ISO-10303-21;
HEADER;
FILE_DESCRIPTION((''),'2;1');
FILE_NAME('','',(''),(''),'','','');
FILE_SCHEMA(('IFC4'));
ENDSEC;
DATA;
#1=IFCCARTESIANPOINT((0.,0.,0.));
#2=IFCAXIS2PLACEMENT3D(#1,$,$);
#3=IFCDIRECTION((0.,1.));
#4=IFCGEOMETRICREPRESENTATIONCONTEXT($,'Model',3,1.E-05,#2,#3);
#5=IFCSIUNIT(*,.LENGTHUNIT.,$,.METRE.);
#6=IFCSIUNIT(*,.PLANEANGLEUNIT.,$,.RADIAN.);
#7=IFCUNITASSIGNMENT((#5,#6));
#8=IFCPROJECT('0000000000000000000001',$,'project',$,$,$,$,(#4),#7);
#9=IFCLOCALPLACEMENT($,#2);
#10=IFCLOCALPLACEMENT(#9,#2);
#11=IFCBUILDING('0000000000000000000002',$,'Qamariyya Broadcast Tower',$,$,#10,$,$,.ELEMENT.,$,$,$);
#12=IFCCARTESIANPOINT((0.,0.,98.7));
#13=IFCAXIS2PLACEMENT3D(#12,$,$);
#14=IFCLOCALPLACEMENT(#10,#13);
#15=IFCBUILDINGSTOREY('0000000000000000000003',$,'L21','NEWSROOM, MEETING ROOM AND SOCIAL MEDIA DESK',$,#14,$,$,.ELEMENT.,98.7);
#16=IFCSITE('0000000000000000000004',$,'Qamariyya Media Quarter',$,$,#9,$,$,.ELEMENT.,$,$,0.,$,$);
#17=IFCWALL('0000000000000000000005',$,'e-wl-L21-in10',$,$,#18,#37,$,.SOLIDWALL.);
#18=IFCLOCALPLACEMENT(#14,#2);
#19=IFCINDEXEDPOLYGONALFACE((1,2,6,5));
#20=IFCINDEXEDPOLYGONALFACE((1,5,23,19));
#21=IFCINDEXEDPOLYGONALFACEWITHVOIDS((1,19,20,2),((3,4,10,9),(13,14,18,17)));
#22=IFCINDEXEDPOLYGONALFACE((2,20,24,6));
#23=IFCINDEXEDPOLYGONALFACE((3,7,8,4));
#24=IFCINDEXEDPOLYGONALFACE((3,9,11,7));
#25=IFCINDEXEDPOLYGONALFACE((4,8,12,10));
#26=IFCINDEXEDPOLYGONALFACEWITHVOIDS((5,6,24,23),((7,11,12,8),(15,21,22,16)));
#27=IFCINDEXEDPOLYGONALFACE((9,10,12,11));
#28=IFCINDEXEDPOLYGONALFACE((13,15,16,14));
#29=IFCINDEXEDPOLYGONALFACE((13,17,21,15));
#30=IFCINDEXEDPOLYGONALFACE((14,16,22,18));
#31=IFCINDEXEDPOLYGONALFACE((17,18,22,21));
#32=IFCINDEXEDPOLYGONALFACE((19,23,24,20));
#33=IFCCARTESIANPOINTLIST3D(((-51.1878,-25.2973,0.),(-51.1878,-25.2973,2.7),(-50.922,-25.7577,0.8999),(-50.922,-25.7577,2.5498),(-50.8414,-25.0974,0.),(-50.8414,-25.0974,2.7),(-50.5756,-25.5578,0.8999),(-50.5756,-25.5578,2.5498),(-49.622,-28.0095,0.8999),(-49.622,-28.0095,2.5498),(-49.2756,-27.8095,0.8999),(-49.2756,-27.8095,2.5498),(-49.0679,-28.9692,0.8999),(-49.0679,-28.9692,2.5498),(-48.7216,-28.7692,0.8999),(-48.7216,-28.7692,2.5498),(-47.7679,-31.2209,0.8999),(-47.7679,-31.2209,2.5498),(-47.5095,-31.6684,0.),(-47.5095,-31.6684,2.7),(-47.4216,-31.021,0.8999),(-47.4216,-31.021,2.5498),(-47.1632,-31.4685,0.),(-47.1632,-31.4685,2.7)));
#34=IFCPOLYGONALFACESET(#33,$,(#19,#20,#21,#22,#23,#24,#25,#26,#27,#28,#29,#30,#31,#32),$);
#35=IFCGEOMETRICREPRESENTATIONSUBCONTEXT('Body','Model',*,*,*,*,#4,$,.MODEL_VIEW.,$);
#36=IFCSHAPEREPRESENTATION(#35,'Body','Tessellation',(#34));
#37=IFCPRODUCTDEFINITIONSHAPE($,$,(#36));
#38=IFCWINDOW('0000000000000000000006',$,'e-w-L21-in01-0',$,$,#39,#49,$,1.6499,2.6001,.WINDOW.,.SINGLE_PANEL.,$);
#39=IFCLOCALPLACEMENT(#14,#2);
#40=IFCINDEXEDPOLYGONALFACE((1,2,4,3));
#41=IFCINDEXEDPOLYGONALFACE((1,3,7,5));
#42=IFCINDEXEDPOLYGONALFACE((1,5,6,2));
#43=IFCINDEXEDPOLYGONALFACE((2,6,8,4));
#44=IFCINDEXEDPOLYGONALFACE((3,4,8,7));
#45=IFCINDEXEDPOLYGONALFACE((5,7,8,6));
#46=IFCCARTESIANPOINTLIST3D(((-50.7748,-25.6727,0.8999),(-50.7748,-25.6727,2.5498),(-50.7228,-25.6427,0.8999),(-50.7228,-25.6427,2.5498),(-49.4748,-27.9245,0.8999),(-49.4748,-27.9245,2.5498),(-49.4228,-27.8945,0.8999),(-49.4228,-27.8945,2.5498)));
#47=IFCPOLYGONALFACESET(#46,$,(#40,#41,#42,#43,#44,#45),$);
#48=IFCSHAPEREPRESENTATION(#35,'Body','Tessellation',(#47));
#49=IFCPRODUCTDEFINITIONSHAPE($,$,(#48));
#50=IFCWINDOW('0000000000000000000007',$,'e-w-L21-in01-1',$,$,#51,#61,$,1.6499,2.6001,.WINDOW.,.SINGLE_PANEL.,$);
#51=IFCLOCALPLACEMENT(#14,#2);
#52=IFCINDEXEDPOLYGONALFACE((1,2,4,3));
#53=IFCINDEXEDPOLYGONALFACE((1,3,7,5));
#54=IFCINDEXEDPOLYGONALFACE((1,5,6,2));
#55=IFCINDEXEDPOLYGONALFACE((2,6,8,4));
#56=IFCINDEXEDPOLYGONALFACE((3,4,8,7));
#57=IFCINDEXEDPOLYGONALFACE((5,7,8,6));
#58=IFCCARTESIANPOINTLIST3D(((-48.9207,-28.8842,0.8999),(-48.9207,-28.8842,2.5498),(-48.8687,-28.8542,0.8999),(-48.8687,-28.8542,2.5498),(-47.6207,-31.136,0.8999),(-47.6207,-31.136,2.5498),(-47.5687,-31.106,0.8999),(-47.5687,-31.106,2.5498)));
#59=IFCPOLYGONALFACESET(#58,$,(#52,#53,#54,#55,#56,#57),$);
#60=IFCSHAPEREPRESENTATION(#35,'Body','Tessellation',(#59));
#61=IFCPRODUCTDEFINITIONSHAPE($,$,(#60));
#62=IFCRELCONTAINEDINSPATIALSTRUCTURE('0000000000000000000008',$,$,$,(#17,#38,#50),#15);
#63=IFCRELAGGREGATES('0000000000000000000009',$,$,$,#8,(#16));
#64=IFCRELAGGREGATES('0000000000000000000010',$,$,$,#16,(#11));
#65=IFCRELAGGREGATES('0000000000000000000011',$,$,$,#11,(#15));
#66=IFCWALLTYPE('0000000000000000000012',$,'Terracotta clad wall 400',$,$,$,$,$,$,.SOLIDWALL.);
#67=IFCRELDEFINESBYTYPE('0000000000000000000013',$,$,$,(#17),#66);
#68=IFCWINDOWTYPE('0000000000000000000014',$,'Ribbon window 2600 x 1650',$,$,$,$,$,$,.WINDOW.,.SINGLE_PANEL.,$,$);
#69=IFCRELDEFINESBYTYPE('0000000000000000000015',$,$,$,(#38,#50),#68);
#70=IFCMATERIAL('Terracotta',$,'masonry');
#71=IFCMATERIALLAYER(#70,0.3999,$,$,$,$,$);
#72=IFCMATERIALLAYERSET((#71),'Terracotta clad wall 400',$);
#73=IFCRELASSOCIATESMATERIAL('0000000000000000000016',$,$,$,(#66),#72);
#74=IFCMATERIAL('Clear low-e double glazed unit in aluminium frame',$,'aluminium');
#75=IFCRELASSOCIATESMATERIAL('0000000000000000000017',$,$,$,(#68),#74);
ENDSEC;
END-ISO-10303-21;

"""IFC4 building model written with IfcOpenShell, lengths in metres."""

from ifc_helpers import new_model, si_unit, direction, frame, frame_2d, origin, place, context, subcontext, project, spatial, rectangle, extrude, material, layer, layer_set, type_object, element, fill, save


model = new_model("IFC4")

# Units and contexts
model_context = context("Model", 3, precision=1e-05, world=origin(), true_north=direction((0.0, 1.0)))
body_context = subcontext(model_context, "Body", "Model", "MODEL_VIEW")
ifc_project = project(units=[si_unit("LENGTHUNIT", "METRE"), si_unit("PLANEANGLEUNIT", "RADIAN")], contexts=[model_context])

# Site, building, storey
site_placement = place(None, origin())
site = spatial("IfcSite", under=ifc_project, at=site_placement, Name="Qamariyya Media Quarter", CompositionType="ELEMENT", RefElevation=0.0)
building_placement = place(site_placement, origin())
building = spatial("IfcBuilding", under=site, at=building_placement, Name="Qamariyya Broadcast Tower", CompositionType="ELEMENT")
storey_placement = place(building_placement, frame((0.0, 0.0, 98.7)))
storey = spatial("IfcBuildingStorey", under=building, at=storey_placement, Name="L21", Description="NEWSROOM, MEETING ROOM AND SOCIAL MEDIA DESK", CompositionType="ELEMENT", Elevation=98.7)

# Shared definitions
ifc_material_1 = material(Name="Terracotta", Category="masonry")
ifc_layer = layer(ifc_material_1, 0.3999)
ifc_layer_set = layer_set([ifc_layer], Name="Terracotta clad wall 400")
wall_type = type_object("IfcWallType", Name="Terracotta clad wall 400", PredefinedType="SOLIDWALL", material=ifc_layer_set)
ifc_material_2 = material(Name="Clear low-e double glazed unit in aluminium frame", Category="aluminium")

# Wall, openings, windows
wall_1_placement = place(storey_placement, frame((-47.3364, -31.5684, 0.0), z_axis=(0.0, 0.0, 1.0), x_axis=(-0.499987, 0.866033, 0.0)))
wall_1 = element("IfcWall", 1, at=wall_1_placement, inside=storey, type_object=wall_type, Name="e-wl-L21-in10", PredefinedType="SOLIDWALL", context=body_context, shape_type="SweptSolid", body=[
    extrude(rectangle(XDim=7.3567, YDim=0.3999, at=frame_2d((3.6782, 0.0))), origin(), (0.0, 0.0, 1.0), 2.7),
])
opening_1_placement = place(wall_1_placement, frame((4.2249, 0.0, 0.8999)))
opening_1 = element("IfcOpeningElement", 2, at=opening_1_placement, cuts=wall_1, PredefinedType="OPENING", context=body_context, shape_type="SweptSolid", body=[
    extrude(rectangle(XDim=2.6001, YDim=1.6499, at=frame_2d((1.3, 0.825))), frame((0.0, 0.21, 0.0), z_axis=(0.0, -1.0, 0.0), x_axis=(1.0, 0.0, 0.0)), (0.0, 0.0, 1.0), 0.4199),
])
opening_2_placement = place(wall_1_placement, frame((0.5166, 0.0, 0.8999)))
opening_2 = element("IfcOpeningElement", 3, at=opening_2_placement, cuts=wall_1, PredefinedType="OPENING", context=body_context, shape_type="SweptSolid", body=[
    extrude(rectangle(XDim=2.6001, YDim=1.6499, at=frame_2d((1.3, 0.825))), frame((0.0, 0.21, 0.0), z_axis=(0.0, -1.0, 0.0), x_axis=(1.0, 0.0, 0.0)), (0.0, 0.0, 1.0), 0.4199),
])
window_type_1 = type_object("IfcWindowType", Name="Ribbon window 2600 x 1650", PartitioningType="SINGLE_PANEL", PredefinedType="WINDOW", material=ifc_material_2)
window_1_placement = place(opening_1_placement, origin())
window_1 = element("IfcWindow", 4, at=window_1_placement, inside=storey, type_object=window_type_1, Name="e-w-L21-in01-0", OverallHeight=1.6499, OverallWidth=2.6001, PartitioningType="SINGLE_PANEL", PredefinedType="WINDOW", context=body_context, shape_type="SweptSolid", body=[
    extrude(rectangle(XDim=2.6001, YDim=1.6499, at=frame_2d((1.3, 0.825))), frame((0.0, 0.03, 0.0), z_axis=(0.0, -1.0, 0.0), x_axis=(1.0, 0.0, 0.0)), (0.0, 0.0, 1.0), 0.0601),
])
fill(opening_1, window_1)
window_2_placement = place(opening_2_placement, origin())
window_2 = element("IfcWindow", 5, at=window_2_placement, inside=storey, type_object=window_type_1, Name="e-w-L21-in01-1", OverallHeight=1.6499, OverallWidth=2.6001, PartitioningType="SINGLE_PANEL", PredefinedType="WINDOW", context=body_context, shape_type="SweptSolid", body=[
    extrude(rectangle(XDim=2.6001, YDim=1.6499, at=frame_2d((1.3, 0.825))), frame((0.0, 0.03, 0.0), z_axis=(0.0, -1.0, 0.0), x_axis=(1.0, 0.0, 0.0)), (0.0, 0.0, 1.0), 0.0601),
])
fill(opening_2, window_2)

save(model, "model.ifc")
